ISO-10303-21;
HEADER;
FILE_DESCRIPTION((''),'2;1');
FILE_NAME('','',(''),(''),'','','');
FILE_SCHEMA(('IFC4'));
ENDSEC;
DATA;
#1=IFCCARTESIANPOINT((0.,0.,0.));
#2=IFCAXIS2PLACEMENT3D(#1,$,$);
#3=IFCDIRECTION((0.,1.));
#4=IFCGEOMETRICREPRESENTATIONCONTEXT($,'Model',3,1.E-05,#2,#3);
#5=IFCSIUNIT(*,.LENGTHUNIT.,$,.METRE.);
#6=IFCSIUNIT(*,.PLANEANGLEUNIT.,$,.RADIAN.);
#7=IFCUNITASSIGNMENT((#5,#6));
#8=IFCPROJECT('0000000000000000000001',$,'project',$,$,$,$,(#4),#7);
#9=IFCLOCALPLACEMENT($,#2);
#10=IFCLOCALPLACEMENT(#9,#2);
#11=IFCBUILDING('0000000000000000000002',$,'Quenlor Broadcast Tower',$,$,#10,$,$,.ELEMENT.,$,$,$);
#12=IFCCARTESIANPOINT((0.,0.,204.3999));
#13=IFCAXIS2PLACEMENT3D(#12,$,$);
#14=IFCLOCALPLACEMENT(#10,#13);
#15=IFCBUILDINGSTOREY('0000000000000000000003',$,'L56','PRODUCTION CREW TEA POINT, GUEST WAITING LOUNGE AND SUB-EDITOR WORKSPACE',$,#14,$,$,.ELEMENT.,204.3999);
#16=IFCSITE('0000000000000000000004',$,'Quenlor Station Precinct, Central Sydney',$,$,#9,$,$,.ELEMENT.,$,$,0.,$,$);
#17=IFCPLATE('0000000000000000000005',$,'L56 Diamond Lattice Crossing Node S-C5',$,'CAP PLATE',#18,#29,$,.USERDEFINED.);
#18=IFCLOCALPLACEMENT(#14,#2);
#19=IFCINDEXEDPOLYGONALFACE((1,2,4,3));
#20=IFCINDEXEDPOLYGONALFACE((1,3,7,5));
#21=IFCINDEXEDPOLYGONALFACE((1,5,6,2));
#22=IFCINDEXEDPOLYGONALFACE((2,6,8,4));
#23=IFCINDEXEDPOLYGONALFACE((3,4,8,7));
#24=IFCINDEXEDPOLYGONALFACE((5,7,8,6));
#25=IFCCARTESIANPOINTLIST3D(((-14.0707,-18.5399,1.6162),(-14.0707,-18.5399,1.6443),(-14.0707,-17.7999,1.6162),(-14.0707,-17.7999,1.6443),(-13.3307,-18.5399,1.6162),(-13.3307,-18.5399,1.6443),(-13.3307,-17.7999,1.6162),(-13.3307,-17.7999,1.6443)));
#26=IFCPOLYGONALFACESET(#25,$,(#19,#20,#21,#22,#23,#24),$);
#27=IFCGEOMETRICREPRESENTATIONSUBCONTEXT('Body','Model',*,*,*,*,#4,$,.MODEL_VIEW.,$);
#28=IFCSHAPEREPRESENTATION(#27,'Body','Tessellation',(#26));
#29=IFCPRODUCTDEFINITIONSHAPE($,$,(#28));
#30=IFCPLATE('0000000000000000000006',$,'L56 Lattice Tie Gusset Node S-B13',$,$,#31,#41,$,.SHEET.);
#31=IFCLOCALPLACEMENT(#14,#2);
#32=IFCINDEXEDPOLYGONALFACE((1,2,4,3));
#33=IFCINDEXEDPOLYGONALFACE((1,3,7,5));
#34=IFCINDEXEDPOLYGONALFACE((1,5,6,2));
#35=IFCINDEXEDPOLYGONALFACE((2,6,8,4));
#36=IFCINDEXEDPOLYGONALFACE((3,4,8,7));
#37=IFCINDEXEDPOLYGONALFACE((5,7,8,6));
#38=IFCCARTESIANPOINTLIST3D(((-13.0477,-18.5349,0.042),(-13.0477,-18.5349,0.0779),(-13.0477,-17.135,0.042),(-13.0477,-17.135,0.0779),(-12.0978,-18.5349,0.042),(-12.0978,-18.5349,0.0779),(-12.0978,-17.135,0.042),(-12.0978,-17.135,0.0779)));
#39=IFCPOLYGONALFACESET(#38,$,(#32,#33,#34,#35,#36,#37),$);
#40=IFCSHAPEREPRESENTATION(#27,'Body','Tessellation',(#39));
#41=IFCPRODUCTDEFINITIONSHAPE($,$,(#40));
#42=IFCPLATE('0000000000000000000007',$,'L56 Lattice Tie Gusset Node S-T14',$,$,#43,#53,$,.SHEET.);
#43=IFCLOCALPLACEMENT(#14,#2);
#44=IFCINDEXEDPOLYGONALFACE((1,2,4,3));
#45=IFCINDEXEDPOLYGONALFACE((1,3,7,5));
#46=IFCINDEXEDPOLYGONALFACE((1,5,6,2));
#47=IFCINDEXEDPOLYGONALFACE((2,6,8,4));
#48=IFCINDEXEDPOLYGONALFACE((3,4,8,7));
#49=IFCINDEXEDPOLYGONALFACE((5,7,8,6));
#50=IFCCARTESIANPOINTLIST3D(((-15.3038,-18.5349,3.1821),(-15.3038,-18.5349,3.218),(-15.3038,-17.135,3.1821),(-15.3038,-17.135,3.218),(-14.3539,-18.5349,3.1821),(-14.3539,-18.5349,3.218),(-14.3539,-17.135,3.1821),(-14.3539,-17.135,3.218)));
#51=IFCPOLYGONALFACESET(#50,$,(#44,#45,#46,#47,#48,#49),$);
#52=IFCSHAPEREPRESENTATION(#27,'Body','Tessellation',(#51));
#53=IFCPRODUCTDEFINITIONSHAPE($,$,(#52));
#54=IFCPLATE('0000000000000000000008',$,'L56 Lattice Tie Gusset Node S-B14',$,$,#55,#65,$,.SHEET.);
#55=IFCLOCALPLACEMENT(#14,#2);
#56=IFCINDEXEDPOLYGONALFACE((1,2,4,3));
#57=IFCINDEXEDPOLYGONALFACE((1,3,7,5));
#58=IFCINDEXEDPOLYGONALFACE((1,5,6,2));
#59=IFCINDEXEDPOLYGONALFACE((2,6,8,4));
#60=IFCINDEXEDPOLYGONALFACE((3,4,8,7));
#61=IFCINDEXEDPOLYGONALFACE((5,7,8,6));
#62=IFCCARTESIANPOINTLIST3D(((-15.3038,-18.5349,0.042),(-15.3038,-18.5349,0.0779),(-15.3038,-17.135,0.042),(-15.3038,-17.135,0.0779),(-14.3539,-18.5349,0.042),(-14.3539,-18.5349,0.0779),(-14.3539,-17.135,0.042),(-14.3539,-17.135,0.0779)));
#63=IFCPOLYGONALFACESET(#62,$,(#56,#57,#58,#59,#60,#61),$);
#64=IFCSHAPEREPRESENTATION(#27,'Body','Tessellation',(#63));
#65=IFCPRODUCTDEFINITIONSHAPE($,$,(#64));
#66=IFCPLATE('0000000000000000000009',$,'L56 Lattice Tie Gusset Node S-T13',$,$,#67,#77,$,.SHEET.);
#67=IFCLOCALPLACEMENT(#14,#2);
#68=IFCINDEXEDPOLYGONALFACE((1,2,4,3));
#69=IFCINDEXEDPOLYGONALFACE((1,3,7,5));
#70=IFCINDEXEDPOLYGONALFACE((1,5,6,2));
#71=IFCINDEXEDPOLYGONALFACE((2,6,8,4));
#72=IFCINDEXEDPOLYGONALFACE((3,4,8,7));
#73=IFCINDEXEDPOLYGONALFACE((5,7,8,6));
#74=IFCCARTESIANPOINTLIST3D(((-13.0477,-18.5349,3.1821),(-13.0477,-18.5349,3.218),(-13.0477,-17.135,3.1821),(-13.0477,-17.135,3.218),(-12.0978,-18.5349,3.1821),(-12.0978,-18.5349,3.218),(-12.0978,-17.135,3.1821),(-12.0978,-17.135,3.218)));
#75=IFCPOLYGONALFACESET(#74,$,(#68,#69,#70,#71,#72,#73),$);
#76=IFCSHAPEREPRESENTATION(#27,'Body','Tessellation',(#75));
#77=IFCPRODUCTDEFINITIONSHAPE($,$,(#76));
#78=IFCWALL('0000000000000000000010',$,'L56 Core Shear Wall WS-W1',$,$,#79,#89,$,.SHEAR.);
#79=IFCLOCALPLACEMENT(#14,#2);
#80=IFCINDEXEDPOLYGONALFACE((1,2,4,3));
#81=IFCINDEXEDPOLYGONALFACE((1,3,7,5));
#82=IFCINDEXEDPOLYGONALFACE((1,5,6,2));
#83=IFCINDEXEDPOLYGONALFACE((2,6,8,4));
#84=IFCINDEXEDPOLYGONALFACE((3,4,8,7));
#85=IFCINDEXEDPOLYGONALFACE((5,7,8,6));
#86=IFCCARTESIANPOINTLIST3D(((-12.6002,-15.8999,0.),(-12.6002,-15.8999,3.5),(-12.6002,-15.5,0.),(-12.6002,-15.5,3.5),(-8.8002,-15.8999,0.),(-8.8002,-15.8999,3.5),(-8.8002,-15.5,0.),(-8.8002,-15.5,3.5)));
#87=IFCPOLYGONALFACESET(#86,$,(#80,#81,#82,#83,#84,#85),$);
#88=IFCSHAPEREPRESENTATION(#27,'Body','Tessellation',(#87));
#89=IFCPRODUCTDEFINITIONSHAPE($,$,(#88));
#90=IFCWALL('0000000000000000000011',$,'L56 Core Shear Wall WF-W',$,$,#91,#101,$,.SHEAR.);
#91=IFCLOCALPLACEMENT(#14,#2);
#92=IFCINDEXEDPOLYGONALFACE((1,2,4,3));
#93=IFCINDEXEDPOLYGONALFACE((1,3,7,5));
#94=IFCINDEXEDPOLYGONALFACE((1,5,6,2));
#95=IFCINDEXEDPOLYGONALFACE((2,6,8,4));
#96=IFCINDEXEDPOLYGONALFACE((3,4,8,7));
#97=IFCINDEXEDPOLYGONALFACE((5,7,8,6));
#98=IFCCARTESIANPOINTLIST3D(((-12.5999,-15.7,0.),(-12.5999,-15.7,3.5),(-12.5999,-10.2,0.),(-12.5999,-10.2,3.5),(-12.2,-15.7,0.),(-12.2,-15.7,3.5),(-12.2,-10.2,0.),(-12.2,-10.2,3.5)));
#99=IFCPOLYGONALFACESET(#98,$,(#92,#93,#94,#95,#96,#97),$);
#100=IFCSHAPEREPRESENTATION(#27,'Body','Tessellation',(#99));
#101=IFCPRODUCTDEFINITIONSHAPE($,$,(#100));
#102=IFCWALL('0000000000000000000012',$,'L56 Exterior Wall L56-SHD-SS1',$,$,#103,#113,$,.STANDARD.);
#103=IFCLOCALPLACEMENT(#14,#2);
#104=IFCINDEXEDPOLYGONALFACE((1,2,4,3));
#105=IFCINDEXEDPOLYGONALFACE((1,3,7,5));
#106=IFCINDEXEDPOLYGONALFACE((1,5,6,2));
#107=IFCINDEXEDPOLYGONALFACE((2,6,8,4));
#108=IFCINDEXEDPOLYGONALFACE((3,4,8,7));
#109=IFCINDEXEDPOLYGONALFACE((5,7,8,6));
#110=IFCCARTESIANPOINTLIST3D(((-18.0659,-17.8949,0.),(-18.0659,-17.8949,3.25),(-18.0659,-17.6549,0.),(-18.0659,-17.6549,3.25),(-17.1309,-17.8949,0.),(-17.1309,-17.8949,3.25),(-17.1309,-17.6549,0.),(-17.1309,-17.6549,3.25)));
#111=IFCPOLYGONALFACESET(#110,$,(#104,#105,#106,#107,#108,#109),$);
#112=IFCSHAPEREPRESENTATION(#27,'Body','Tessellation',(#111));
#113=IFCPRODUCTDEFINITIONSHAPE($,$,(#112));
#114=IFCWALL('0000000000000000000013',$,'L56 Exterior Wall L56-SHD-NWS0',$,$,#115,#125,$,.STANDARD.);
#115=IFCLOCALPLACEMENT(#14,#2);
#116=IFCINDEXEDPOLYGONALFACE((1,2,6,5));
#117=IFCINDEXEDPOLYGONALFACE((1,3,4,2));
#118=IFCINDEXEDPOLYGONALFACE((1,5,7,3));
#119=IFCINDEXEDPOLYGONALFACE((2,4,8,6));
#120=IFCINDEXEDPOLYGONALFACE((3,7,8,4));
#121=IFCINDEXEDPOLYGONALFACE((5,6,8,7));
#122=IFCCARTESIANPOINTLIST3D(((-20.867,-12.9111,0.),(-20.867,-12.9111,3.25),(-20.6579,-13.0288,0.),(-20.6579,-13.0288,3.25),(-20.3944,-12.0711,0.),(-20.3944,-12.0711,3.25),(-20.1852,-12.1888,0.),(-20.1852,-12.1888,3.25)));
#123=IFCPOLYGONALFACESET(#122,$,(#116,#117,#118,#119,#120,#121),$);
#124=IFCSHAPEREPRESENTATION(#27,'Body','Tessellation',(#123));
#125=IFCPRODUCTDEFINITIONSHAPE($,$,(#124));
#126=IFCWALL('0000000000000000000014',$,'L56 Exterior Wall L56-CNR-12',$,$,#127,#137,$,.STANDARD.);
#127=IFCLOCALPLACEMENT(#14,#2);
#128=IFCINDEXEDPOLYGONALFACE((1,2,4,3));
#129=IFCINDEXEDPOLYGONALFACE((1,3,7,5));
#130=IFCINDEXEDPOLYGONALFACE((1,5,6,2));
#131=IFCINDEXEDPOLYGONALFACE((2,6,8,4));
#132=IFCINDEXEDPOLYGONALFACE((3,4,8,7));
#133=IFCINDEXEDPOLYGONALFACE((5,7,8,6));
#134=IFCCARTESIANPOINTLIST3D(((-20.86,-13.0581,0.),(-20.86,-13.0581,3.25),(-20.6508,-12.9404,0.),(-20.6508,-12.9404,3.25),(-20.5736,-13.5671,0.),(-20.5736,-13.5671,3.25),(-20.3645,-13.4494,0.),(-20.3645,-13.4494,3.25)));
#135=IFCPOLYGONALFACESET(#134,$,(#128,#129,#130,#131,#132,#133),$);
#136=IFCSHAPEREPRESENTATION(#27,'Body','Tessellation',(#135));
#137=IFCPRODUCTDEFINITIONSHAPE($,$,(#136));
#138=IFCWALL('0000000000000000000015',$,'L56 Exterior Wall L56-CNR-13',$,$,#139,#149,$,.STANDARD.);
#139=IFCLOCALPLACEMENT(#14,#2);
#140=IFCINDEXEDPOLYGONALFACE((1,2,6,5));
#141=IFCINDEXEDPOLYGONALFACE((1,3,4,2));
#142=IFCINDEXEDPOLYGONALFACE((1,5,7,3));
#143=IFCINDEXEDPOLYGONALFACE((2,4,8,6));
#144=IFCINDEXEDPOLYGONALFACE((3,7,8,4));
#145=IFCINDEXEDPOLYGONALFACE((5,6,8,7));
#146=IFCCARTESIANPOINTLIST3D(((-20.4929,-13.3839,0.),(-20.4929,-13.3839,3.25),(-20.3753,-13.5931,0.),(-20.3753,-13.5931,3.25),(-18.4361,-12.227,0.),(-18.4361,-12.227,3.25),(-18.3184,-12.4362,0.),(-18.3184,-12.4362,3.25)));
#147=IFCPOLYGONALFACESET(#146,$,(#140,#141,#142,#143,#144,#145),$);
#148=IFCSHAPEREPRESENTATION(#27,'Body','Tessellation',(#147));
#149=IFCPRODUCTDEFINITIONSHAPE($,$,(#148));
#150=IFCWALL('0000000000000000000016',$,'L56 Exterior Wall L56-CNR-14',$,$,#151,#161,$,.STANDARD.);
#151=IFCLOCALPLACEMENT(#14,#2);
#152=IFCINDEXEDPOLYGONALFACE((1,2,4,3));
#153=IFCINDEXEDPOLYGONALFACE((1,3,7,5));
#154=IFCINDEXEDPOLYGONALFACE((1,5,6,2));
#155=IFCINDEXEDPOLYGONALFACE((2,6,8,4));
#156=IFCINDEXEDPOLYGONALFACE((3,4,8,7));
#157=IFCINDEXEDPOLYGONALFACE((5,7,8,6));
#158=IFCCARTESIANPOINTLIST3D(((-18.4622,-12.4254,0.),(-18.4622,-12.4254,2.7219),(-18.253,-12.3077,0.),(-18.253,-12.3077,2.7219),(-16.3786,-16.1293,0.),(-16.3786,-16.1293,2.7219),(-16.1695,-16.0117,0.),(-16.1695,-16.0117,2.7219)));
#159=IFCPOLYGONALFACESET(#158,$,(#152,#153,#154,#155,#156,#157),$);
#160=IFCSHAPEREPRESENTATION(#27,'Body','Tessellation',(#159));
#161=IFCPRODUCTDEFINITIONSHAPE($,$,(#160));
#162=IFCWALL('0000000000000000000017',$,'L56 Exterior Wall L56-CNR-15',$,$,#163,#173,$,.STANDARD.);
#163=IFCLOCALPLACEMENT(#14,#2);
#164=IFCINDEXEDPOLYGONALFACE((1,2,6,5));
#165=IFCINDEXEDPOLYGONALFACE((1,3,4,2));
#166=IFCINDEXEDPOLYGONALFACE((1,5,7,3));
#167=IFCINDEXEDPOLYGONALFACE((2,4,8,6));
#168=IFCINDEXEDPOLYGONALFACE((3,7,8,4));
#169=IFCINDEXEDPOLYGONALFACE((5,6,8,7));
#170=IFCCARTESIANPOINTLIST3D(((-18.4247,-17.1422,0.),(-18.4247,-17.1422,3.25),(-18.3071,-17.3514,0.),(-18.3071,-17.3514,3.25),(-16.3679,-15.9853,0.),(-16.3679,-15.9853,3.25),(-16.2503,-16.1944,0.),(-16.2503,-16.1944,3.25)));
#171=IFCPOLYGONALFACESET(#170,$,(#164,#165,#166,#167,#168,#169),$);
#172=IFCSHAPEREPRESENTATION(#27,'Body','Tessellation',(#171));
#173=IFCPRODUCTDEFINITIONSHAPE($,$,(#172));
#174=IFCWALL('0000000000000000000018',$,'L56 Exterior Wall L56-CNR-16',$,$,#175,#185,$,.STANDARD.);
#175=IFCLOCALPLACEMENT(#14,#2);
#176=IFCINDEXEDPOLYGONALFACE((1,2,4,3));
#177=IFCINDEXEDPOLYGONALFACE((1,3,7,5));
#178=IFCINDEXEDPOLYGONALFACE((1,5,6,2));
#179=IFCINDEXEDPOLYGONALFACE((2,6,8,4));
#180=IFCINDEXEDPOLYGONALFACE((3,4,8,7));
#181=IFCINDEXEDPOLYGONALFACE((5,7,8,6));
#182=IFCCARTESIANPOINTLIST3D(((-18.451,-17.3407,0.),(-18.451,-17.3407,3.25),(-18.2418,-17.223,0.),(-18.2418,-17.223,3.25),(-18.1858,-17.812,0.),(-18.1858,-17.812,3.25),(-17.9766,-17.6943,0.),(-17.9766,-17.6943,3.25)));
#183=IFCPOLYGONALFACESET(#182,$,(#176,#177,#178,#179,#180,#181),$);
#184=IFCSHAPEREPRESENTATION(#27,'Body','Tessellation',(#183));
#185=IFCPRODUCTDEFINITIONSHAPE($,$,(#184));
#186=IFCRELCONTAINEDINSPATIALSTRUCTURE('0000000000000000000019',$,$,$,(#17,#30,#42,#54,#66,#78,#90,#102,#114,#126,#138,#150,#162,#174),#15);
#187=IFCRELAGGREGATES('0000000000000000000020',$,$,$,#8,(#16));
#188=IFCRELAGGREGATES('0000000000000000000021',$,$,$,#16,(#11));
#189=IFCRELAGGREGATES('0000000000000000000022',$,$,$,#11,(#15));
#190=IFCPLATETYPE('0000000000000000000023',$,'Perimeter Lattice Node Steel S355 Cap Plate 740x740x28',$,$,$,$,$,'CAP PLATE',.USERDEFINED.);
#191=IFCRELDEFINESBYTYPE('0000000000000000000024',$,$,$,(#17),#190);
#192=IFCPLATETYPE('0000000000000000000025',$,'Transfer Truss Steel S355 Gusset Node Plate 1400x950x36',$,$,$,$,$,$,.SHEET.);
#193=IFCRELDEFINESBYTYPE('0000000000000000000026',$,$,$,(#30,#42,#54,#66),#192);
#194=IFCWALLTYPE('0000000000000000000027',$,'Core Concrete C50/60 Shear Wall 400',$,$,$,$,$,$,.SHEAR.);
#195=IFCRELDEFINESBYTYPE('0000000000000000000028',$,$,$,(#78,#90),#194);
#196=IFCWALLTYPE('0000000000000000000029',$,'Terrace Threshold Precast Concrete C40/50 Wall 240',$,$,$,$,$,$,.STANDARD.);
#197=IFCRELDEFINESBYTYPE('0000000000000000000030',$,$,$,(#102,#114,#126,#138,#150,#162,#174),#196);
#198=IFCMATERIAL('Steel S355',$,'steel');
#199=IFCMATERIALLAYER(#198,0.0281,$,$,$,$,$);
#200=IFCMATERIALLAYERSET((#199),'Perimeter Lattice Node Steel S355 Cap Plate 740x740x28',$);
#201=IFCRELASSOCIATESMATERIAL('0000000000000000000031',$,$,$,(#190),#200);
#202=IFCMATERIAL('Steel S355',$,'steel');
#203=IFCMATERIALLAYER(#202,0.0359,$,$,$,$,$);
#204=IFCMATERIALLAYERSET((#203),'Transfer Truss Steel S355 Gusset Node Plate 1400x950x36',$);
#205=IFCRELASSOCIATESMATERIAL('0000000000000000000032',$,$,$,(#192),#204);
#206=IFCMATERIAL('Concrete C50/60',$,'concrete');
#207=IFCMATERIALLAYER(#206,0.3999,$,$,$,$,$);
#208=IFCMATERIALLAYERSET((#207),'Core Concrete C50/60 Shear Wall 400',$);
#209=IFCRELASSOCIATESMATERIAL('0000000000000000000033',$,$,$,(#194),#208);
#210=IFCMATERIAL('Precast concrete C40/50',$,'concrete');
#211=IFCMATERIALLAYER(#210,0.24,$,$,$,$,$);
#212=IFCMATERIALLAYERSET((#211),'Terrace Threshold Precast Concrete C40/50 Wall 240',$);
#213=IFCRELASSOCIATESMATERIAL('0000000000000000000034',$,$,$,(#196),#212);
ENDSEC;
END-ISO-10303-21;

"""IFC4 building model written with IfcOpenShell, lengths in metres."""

from ifc_helpers import new_model, si_unit, direction, frame, frame_2d, origin, origin_2d, place, context, subcontext, project, spatial, rectangle, extrude, material, layer, layer_set, type_object, element, save


model = new_model("IFC4")

# Units and contexts
model_context = context("Model", 3, precision=1e-05, world=origin(), true_north=direction((0.0, 1.0)))
body_context = subcontext(model_context, "Body", "Model", "MODEL_VIEW")
ifc_project = project(units=[si_unit("LENGTHUNIT", "METRE"), si_unit("PLANEANGLEUNIT", "RADIAN")], contexts=[model_context])

# Site, building, storey
site_placement = place(None, origin())
site = spatial("IfcSite", under=ifc_project, at=site_placement, Name="Quenlor Station Precinct, Central Sydney", CompositionType="ELEMENT", RefElevation=0.0)
building_placement = place(site_placement, origin())
building = spatial("IfcBuilding", under=site, at=building_placement, Name="Quenlor Broadcast Tower", CompositionType="ELEMENT")
storey_placement = place(building_placement, frame((0.0, 0.0, 204.3999)))
storey = spatial("IfcBuildingStorey", under=building, at=storey_placement, Name="L56", Description="PRODUCTION CREW TEA POINT, GUEST WAITING LOUNGE AND SUB-EDITOR WORKSPACE", CompositionType="ELEMENT", Elevation=204.3999)

# Plates
ifc_material_1 = material(Name="Steel S355", Category="steel")
ifc_layer_1 = layer(ifc_material_1, 0.0281)
ifc_layer_set_1 = layer_set([ifc_layer_1], Name="Perimeter Lattice Node Steel S355 Cap Plate 740x740x28")
plate_type_1 = type_object("IfcPlateType", Name="Perimeter Lattice Node Steel S355 Cap Plate 740x740x28", ElementType="CAP PLATE", PredefinedType="USERDEFINED", material=ifc_layer_set_1)
plate_placement = place(storey_placement, frame((-13.7007, -18.1699, 1.6162), z_axis=(0.0, 0.0, 1.0), x_axis=(-1.0, 0.0, 0.0)))
element("IfcPlate", 1, at=plate_placement, inside=storey, type_object=plate_type_1, Name="L56 Diamond Lattice Crossing Node S-C5", ObjectType="CAP PLATE", PredefinedType="USERDEFINED", context=body_context, shape_type="SweptSolid", body=[
    extrude(rectangle(XDim=0.74, YDim=0.74, at=origin_2d()), origin(), (0.0, 0.0, 1.0), 0.0281),
])
ifc_material_2 = material(Name="Steel S355", Category="steel")
ifc_layer_2 = layer(ifc_material_2, 0.0359)
ifc_layer_set_2 = layer_set([ifc_layer_2], Name="Transfer Truss Steel S355 Gusset Node Plate 1400x950x36")
plate_type_2 = type_object("IfcPlateType", Name="Transfer Truss Steel S355 Gusset Node Plate 1400x950x36", PredefinedType="SHEET", material=ifc_layer_set_2)
for number, where, z_axis, x_axis, name in (
    (2, (-12.5728, -17.835, 0.042), (0.0, 0.0, 1.0), (0.0, -1.0, 0.0), "L56 Lattice Tie Gusset Node S-B13"),
    (3, (-14.8289, -17.835, 3.1821), (0.0, 0.0, 1.0), (0.0, -1.0, 0.0), "L56 Lattice Tie Gusset Node S-T14"),
    (4, (-14.8289, -17.835, 0.042), (0.0, 0.0, 1.0), (0.0, -1.0, 0.0), "L56 Lattice Tie Gusset Node S-B14"),
    (5, (-12.5728, -17.835, 3.1821), (0.0, 0.0, 1.0), (0.0, -1.0, 0.0), "L56 Lattice Tie Gusset Node S-T13"),
):
    element("IfcPlate", number, at=place(storey_placement, frame(where, z_axis=z_axis, x_axis=x_axis)), inside=storey, type_object=plate_type_2, Name=name, PredefinedType="SHEET", context=body_context, shape_type="SweptSolid", body=[
        extrude(rectangle(XDim=1.3999, YDim=0.95, at=origin_2d()), origin(), (0.0, 0.0, 1.0), 0.0359),
    ])

# Walls
ifc_material_3 = material(Name="Concrete C50/60", Category="concrete")
ifc_layer_3 = layer(ifc_material_3, 0.3999)
ifc_layer_set_3 = layer_set([ifc_layer_3], Name="Core Concrete C50/60 Shear Wall 400")
wall_type_1 = type_object("IfcWallType", Name="Core Concrete C50/60 Shear Wall 400", PredefinedType="SHEAR", material=ifc_layer_set_3)
wall_1_placement = place(storey_placement, frame((-12.6001, -15.7, 0.0), z_axis=(0.0, 0.0, 1.0), x_axis=(1.0, 0.0, 0.0)))
element("IfcWall", 6, at=wall_1_placement, inside=storey, type_object=wall_type_1, Name="L56 Core Shear Wall WS-W1", PredefinedType="SHEAR", context=body_context, shape_type="SweptSolid", body=[
    extrude(rectangle(XDim=3.8, YDim=0.3999, at=frame_2d((1.8999, 0.0))), origin(), (0.0, 0.0, 1.0), 3.5),
])
wall_2_placement = place(storey_placement, frame((-12.3999, -15.7, 0.0), z_axis=(0.0, 0.0, 1.0), x_axis=(0.0, 1.0, 0.0)))
element("IfcWall", 7, at=wall_2_placement, inside=storey, type_object=wall_type_1, Name="L56 Core Shear Wall WF-W", PredefinedType="SHEAR", context=body_context, shape_type="SweptSolid", body=[
    extrude(rectangle(XDim=5.5, YDim=0.3999, at=frame_2d((2.75, 0.0))), origin(), (0.0, 0.0, 1.0), 3.5),
])
ifc_material_4 = material(Name="Precast concrete C40/50", Category="concrete")
ifc_layer_4 = layer(ifc_material_4, 0.24)
ifc_layer_set_4 = layer_set([ifc_layer_4], Name="Terrace Threshold Precast Concrete C40/50 Wall 240")
wall_type_2 = type_object("IfcWallType", Name="Terrace Threshold Precast Concrete C40/50 Wall 240", PredefinedType="STANDARD", material=ifc_layer_set_4)
wall_3_placement = place(storey_placement, frame((-17.1309, -17.7749, 0.0), z_axis=(0.0, 0.0, 1.0), x_axis=(-1.0, 0.0, 0.0)))
element("IfcWall", 8, at=wall_3_placement, inside=storey, type_object=wall_type_2, Name="L56 Exterior Wall L56-SHD-SS1", PredefinedType="STANDARD", context=body_context, shape_type="SweptSolid", body=[
    extrude(rectangle(XDim=0.9351, YDim=0.24, at=frame_2d((0.4675, 0.0))), origin(), (0.0, 0.0, 1.0), 3.25),
])
wall_4_placement = place(storey_placement, frame((-20.7625, -12.97, 0.0), z_axis=(0.0, 0.0, 1.0), x_axis=(0.490345, 0.871528, 0.0)))
element("IfcWall", 9, at=wall_4_placement, inside=storey, type_object=wall_type_2, Name="L56 Exterior Wall L56-SHD-NWS0", PredefinedType="STANDARD", context=body_context, shape_type="SweptSolid", body=[
    extrude(rectangle(XDim=0.9639, YDim=0.24, at=frame_2d((0.4819, 0.0))), origin(), (0.0, 0.0, 1.0), 3.25),
])
wall_5_placement = place(storey_placement, frame((-20.7554, -12.9993, 0.0), z_axis=(0.0, 0.0, 1.0), x_axis=(0.490321, -0.871542, 0.0)))
element("IfcWall", 10, at=wall_5_placement, inside=storey, type_object=wall_type_2, Name="L56 Exterior Wall L56-CNR-12", PredefinedType="STANDARD", context=body_context, shape_type="SweptSolid", body=[
    extrude(rectangle(XDim=0.584, YDim=0.24, at=frame_2d((0.292, 0.0))), origin(), (0.0, 0.0, 1.0), 3.25),
])
wall_6_placement = place(storey_placement, frame((-20.4341, -13.4885, 0.0), z_axis=(0.0, 0.0, 1.0), x_axis=(0.871578, 0.490256, 0.0)))
element("IfcWall", 11, at=wall_6_placement, inside=storey, type_object=wall_type_2, Name="L56 Exterior Wall L56-CNR-13", PredefinedType="STANDARD", context=body_context, shape_type="SweptSolid", body=[
    extrude(rectangle(XDim=2.3599, YDim=0.24, at=frame_2d((1.1799, 0.0))), origin(), (0.0, 0.0, 1.0), 3.25),
])
wall_7_placement = place(storey_placement, frame((-18.3577, -12.3665, 0.0), z_axis=(0.0, 0.0, 1.0), x_axis=(0.490275, -0.871568, 0.0)))
element("IfcWall", 12, at=wall_7_placement, inside=storey, type_object=wall_type_2, Name="L56 Exterior Wall L56-CNR-14", PredefinedType="STANDARD", context=body_context, shape_type="SweptSolid", body=[
    extrude(rectangle(XDim=4.2498, YDim=0.24, at=frame_2d((2.125, 0.0))), origin(), (0.0, 0.0, 1.0), 2.7219),
])
wall_8_placement = place(storey_placement, frame((-16.3091, -16.0898, 0.0), z_axis=(0.0, 0.0, 1.0), x_axis=(-0.871578, -0.490256, 0.0)))
element("IfcWall", 13, at=wall_8_placement, inside=storey, type_object=wall_type_2, Name="L56 Exterior Wall L56-CNR-15", PredefinedType="STANDARD", context=body_context, shape_type="SweptSolid", body=[
    extrude(rectangle(XDim=2.3599, YDim=0.24, at=frame_2d((1.1799, 0.0))), origin(), (0.0, 0.0, 1.0), 3.25),
])
wall_9_placement = place(storey_placement, frame((-18.3464, -17.2817, 0.0), z_axis=(0.0, 0.0, 1.0), x_axis=(0.49039, -0.871503, 0.0)))
element("IfcWall", 14, at=wall_9_placement, inside=storey, type_object=wall_type_2, Name="L56 Exterior Wall L56-CNR-16", PredefinedType="STANDARD", context=body_context, shape_type="SweptSolid", body=[
    extrude(rectangle(XDim=0.5408, YDim=0.24, at=frame_2d((0.2705, 0.0))), origin(), (0.0, 0.0, 1.0), 3.25),
])

save(model, "model.ifc")
